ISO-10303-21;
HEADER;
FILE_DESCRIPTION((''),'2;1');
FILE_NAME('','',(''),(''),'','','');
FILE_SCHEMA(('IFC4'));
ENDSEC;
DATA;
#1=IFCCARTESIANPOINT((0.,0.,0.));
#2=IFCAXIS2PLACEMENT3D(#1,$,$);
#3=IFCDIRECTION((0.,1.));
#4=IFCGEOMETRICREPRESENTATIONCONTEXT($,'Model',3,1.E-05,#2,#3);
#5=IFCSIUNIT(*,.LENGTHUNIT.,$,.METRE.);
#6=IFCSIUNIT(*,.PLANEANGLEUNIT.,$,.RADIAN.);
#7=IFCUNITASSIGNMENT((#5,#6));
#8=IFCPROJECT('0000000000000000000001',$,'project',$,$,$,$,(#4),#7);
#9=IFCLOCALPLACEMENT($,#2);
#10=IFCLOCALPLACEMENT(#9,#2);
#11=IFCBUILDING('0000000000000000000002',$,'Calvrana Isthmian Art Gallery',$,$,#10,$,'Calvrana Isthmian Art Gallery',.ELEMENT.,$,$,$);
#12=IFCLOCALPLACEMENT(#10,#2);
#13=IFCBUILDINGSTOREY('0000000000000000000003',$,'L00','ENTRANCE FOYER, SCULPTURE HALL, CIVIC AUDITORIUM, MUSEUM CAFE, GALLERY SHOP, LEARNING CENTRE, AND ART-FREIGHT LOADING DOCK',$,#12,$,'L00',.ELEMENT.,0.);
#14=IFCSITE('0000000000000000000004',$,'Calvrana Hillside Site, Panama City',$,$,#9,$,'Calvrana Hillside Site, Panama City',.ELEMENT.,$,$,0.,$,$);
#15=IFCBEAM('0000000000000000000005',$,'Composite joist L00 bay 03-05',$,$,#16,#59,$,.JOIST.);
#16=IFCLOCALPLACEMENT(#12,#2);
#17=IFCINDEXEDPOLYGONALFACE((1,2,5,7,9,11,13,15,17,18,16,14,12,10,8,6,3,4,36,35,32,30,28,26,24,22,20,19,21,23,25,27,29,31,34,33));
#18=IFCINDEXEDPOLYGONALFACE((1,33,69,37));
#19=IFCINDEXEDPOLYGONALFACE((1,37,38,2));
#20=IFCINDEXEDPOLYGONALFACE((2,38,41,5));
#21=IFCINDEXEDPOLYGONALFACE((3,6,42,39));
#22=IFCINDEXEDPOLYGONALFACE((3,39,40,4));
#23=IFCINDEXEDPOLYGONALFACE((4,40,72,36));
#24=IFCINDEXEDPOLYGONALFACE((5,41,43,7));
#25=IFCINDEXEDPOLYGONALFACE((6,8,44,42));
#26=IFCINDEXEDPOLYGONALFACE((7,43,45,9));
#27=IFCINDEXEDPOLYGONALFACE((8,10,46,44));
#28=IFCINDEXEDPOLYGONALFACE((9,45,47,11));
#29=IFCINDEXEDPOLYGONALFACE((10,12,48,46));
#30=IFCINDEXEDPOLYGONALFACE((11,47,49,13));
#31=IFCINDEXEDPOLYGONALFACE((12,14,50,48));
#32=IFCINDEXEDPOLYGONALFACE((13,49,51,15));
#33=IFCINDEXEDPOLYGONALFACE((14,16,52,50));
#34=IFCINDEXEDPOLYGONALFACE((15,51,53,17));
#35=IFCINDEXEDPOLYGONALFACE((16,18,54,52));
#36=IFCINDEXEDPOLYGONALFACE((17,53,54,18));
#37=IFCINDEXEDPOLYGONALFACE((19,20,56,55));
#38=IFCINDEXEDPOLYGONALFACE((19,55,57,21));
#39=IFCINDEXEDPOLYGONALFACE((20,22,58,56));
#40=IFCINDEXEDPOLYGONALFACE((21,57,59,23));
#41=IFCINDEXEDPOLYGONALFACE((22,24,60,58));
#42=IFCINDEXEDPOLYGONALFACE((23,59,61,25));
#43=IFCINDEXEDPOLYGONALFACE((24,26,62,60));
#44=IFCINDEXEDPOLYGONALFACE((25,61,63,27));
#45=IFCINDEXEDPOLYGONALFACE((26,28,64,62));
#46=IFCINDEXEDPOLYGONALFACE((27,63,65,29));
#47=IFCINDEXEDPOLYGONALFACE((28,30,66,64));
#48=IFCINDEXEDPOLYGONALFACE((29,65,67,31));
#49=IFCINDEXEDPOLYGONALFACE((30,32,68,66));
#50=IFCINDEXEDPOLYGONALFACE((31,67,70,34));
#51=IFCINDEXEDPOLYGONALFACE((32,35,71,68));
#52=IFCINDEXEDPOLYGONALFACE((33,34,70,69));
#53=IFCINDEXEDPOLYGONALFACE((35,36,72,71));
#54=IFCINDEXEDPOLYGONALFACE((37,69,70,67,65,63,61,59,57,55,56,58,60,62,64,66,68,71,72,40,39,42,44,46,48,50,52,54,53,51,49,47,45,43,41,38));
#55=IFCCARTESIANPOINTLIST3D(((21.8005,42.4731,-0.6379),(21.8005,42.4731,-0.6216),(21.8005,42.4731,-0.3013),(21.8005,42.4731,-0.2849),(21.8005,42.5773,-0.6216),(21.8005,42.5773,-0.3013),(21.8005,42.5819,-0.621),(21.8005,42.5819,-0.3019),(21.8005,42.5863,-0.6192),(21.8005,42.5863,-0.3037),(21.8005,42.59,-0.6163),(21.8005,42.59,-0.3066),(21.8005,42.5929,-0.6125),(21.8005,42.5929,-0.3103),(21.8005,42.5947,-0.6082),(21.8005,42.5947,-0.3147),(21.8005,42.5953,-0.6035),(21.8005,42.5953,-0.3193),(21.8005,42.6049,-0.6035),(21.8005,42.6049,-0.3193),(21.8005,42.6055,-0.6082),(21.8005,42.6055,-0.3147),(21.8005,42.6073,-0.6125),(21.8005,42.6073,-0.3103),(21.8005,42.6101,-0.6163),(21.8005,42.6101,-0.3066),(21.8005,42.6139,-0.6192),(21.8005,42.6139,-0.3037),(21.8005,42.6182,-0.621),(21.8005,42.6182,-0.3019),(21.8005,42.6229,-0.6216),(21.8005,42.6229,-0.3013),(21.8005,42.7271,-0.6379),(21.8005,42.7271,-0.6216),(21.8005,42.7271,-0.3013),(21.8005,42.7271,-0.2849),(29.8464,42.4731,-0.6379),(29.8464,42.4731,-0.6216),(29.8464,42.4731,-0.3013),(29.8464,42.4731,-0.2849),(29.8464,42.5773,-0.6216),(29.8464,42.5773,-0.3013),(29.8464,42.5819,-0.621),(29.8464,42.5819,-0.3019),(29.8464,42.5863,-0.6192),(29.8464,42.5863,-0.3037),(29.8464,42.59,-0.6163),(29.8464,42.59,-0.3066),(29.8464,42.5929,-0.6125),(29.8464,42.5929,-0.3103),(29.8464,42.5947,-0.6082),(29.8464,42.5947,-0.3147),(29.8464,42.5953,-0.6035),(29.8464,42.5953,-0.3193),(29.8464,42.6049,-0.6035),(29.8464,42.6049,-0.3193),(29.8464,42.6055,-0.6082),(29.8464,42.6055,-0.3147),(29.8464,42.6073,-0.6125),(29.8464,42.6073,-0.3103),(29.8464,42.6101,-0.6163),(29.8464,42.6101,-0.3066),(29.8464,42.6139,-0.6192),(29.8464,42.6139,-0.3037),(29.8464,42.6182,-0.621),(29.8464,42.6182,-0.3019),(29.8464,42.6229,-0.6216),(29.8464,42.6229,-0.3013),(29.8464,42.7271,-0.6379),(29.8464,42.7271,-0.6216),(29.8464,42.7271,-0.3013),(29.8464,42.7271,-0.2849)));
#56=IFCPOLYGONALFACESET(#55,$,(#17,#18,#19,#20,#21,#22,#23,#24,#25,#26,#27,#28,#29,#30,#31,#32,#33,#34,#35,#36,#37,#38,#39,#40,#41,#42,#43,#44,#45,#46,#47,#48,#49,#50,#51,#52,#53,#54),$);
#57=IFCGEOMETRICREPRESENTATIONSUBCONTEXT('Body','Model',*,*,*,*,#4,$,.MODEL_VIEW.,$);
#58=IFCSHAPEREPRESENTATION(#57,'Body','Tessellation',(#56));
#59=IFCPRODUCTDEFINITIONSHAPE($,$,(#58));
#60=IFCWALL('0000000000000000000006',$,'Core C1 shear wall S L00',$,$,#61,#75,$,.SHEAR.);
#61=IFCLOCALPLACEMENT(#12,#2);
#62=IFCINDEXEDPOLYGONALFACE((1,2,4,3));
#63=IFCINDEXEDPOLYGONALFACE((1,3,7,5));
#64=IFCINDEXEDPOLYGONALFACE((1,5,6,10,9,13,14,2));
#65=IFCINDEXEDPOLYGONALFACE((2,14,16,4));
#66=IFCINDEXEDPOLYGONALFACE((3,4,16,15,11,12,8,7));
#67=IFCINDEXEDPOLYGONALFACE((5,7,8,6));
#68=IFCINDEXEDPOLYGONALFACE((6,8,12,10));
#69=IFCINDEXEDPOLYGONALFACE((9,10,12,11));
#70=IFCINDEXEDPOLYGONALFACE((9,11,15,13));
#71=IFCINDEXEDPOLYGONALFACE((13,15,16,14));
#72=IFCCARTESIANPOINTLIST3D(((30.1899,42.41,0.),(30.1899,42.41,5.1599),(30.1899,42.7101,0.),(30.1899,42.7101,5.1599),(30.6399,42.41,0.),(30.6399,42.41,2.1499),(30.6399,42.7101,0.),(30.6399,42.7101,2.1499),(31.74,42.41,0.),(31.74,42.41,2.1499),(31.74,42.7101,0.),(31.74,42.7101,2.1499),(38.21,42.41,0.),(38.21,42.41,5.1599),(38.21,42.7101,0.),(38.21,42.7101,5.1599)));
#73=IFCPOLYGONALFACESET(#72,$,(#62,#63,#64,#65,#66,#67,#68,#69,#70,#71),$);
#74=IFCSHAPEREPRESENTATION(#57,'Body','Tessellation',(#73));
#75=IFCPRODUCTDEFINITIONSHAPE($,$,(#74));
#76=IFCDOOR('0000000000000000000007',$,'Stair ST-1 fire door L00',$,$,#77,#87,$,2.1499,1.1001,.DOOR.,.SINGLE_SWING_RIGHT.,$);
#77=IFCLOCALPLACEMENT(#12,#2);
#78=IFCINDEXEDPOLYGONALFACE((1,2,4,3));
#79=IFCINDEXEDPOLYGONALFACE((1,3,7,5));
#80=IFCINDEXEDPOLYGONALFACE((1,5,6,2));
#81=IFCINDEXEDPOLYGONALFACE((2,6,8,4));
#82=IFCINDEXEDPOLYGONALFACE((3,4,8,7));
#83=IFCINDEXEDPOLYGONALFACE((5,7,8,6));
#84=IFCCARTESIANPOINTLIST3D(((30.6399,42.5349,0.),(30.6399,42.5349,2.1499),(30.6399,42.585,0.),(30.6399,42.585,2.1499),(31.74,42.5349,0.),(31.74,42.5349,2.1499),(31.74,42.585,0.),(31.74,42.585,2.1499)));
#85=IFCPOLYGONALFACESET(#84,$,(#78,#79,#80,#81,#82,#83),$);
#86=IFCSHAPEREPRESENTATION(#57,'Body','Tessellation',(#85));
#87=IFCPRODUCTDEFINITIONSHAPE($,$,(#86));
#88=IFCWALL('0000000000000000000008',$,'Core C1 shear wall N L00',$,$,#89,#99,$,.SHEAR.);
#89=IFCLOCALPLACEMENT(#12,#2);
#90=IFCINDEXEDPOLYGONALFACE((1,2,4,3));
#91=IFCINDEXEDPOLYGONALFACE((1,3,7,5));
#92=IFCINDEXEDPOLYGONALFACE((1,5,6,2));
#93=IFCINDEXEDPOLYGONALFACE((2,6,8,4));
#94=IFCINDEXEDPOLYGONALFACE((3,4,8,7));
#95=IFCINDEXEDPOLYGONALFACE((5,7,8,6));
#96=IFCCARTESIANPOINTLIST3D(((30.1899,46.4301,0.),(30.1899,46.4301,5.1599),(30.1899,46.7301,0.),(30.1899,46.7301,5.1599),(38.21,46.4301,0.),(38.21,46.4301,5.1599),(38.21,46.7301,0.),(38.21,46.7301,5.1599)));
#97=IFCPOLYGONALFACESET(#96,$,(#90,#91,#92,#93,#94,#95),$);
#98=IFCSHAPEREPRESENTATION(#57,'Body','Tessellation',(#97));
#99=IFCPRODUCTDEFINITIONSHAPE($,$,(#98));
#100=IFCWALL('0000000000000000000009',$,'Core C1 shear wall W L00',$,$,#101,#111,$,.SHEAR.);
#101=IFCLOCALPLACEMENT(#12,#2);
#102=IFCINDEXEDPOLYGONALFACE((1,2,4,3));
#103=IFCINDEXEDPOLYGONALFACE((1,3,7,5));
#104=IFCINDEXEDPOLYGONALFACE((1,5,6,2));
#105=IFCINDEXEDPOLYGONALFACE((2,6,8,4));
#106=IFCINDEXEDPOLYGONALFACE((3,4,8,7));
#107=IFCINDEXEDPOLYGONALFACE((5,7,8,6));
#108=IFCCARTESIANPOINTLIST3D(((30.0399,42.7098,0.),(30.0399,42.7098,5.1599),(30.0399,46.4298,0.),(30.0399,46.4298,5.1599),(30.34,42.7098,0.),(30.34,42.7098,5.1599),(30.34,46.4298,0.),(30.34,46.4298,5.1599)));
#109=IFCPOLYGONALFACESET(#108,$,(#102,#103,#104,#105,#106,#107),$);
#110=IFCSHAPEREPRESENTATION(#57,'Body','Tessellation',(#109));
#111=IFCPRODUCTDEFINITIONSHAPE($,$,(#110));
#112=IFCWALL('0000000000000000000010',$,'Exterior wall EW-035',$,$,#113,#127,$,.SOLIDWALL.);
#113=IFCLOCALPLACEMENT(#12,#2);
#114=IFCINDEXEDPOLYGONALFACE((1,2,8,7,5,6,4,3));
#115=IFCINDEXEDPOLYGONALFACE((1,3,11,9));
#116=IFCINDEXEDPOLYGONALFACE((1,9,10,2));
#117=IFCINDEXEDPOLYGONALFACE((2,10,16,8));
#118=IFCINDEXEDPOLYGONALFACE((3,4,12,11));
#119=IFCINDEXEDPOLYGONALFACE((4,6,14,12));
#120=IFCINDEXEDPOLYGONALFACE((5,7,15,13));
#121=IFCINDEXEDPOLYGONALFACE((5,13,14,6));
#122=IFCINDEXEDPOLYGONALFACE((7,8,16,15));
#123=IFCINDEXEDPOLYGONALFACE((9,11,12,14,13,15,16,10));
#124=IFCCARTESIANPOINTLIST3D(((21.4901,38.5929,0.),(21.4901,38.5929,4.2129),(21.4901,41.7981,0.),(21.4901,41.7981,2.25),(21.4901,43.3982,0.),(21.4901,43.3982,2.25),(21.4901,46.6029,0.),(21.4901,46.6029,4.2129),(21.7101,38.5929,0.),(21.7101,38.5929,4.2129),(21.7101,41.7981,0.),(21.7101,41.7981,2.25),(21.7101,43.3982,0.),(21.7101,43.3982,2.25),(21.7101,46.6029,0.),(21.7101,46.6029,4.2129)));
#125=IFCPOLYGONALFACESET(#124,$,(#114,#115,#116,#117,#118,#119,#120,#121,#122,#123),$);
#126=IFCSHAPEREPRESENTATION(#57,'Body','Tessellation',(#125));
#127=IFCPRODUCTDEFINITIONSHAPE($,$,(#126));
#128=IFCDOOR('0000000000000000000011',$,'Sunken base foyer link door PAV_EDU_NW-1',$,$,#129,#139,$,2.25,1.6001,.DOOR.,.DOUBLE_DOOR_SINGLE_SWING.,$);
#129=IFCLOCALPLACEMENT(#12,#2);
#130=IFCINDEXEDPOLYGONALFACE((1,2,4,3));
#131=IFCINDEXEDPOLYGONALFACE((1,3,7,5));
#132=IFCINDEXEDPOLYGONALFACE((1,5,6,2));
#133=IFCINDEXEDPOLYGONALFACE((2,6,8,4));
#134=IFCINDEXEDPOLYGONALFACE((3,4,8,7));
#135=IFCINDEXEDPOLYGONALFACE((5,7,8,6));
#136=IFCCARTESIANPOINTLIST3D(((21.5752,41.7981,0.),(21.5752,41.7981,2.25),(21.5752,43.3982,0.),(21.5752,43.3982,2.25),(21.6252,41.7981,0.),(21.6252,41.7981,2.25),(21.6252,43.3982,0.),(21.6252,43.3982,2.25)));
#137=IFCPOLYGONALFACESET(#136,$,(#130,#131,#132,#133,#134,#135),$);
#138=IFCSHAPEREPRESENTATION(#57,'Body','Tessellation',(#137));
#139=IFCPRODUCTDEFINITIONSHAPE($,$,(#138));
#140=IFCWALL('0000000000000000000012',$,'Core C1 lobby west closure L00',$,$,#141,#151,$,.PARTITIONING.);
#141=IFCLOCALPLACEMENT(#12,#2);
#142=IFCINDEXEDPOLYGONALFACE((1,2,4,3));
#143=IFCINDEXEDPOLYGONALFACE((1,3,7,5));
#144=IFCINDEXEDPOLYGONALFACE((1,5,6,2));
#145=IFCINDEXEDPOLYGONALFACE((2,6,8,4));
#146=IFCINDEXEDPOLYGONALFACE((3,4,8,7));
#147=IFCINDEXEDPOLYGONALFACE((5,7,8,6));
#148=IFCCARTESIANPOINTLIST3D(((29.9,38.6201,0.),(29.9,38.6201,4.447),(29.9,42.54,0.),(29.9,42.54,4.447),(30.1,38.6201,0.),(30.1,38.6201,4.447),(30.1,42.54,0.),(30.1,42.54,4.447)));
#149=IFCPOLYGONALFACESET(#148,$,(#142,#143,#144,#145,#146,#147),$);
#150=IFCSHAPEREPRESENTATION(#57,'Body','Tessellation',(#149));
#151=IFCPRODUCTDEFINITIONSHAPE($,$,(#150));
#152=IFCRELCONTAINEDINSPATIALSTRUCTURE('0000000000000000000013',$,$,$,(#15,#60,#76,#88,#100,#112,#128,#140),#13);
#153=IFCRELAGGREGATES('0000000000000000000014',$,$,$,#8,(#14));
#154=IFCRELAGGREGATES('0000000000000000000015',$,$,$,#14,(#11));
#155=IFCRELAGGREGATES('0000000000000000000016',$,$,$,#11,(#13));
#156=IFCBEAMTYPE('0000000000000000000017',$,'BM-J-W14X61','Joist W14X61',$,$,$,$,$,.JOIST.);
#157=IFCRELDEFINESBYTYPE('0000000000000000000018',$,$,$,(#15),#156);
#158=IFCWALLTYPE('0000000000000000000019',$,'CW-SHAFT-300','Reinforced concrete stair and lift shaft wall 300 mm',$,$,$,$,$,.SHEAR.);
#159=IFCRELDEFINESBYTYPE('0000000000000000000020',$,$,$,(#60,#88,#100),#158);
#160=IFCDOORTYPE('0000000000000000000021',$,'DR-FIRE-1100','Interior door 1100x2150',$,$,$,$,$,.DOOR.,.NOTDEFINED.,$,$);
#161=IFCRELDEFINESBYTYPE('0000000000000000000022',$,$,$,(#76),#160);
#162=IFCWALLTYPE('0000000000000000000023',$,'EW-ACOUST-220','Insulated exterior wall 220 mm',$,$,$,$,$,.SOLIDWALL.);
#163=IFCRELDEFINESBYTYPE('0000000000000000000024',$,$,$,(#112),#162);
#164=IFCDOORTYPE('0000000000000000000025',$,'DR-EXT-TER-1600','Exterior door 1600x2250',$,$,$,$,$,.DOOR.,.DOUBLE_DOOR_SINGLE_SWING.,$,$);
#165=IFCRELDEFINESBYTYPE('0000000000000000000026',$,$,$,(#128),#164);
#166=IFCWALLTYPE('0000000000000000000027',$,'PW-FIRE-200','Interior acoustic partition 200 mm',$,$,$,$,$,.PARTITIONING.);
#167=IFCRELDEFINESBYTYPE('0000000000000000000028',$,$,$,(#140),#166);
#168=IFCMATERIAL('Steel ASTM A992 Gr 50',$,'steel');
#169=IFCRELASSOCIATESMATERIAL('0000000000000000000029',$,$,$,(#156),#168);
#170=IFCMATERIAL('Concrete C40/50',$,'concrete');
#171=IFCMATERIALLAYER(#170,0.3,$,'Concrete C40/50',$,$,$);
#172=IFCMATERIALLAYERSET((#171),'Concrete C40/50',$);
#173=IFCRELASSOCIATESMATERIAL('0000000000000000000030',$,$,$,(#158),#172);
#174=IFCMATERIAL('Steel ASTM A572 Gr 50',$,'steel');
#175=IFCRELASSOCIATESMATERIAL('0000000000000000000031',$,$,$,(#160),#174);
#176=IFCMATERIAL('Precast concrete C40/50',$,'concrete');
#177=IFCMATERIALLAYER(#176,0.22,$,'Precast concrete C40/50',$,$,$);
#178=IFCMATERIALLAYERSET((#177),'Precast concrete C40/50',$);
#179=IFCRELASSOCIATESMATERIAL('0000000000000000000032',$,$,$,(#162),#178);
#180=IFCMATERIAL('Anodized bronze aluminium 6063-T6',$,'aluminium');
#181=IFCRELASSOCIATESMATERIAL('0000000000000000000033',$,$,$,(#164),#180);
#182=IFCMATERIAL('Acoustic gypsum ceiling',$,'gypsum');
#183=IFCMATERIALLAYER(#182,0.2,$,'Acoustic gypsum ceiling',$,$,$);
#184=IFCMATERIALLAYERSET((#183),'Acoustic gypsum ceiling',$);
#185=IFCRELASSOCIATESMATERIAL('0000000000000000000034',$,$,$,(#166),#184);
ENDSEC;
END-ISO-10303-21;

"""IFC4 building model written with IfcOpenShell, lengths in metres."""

from ifc_helpers import new_model, si_unit, direction, frame, frame_2d, origin, origin_2d, place, context, subcontext, project, spatial, rectangle, i_section, extrude, material, layer, layer_set, material_profile, profile_set, type_object, element, fill, save


model = new_model("IFC4")

# Units and contexts
model_context = context("Model", 3, precision=1e-05, world=origin(), true_north=direction((0.0, 1.0)))
body_context = subcontext(model_context, "Body", "Model", "MODEL_VIEW")
ifc_project = project(units=[si_unit("LENGTHUNIT", "METRE"), si_unit("PLANEANGLEUNIT", "RADIAN")], contexts=[model_context])

# Site, building, storey
site_placement = place(None, origin())
site = spatial("IfcSite", under=ifc_project, at=site_placement, Name="Calvrana Hillside Site, Panama City", LongName="Calvrana Hillside Site, Panama City", CompositionType="ELEMENT", RefElevation=0.0)
building_placement = place(site_placement, origin())
building = spatial("IfcBuilding", under=site, at=building_placement, Name="Calvrana Isthmian Art Gallery", LongName="Calvrana Isthmian Art Gallery", CompositionType="ELEMENT")
storey_placement = place(building_placement, origin())
storey = spatial("IfcBuildingStorey", under=building, at=storey_placement, Name="L00", Description="ENTRANCE FOYER, SCULPTURE HALL, CIVIC AUDITORIUM, MUSEUM CAFE, GALLERY SHOP, LEARNING CENTRE, AND ART-FREIGHT LOADING DOCK", LongName="L00", CompositionType="ELEMENT", Elevation=0.0)

# Beam
ifc_material_1 = material(Name="Steel ASTM A992 Gr 50", Category="steel")
ifc_material_profile_1 = material_profile(ifc_material_1, i_section(OverallWidth=0.2539, OverallDepth=0.353, WebThickness=0.0095, FlangeThickness=0.0164, FilletRadius=0.0181, at=origin_2d()), Name="W14X61")
ifc_profile_set_1 = profile_set([ifc_material_profile_1], Name="Steel ASTM A992 Gr 50")
beam_type_1 = type_object("IfcBeamType", Name="BM-J-W14X61", Description="Joist W14X61", PredefinedType="JOIST", material=ifc_profile_set_1)
beam_1_placement = place(storey_placement, frame((21.8005, 42.6001, -0.4614), z_axis=(1.0, 0.0, 0.0), x_axis=(0.0, 1.0, 0.0)))
element("IfcBeam", 1, at=beam_1_placement, inside=storey, type_object=beam_type_1, Name="Composite joist L00 bay 03-05", PredefinedType="JOIST", context=body_context, shape_type="SweptSolid", body=[
    extrude(i_section(OverallWidth=0.2539, OverallDepth=0.353, WebThickness=0.0095, FlangeThickness=0.0164, FilletRadius=0.0181, at=origin_2d()), origin(), (0.0, 0.0, 1.0), 8.0459),
])

# Wall, opening, door
ifc_material_2 = material(Name="Concrete C40/50", Category="concrete")
ifc_layer_1 = layer(ifc_material_2, 0.3, Name="Concrete C40/50")
ifc_layer_set_1 = layer_set([ifc_layer_1], Name="Concrete C40/50")
wall_type_1 = type_object("IfcWallType", Name="CW-SHAFT-300", Description="Reinforced concrete stair and lift shaft wall 300 mm", PredefinedType="SHEAR", material=ifc_layer_set_1)
wall_1_placement = place(storey_placement, frame((30.1899, 42.5601, 0.0), z_axis=(0.0, 0.0, 1.0), x_axis=(1.0, 0.0, 0.0)))
wall_1 = element("IfcWall", 2, at=wall_1_placement, inside=storey, type_object=wall_type_1, Name="Core C1 shear wall S L00", PredefinedType="SHEAR", context=body_context, shape_type="SweptSolid", body=[
    extrude(rectangle(XDim=8.02, YDim=0.3, at=frame_2d((4.01, 0.0))), origin(), (0.0, 0.0, 1.0), 5.1599),
])
opening_1_placement = place(wall_1_placement, frame((0.45, 0.0, 0.0)))
opening_1 = element("IfcOpeningElement", 3, at=opening_1_placement, cuts=wall_1, PredefinedType="OPENING", context=body_context, shape_type="SweptSolid", body=[
    extrude(rectangle(XDim=1.1001, YDim=2.1499, at=frame_2d((0.55, 1.075))), frame((0.0, 0.1602, 0.0), z_axis=(0.0, -1.0, 0.0), x_axis=(1.0, 0.0, 0.0)), (0.0, 0.0, 1.0), 0.3206),
])
ifc_material_3 = material(Name="Steel ASTM A572 Gr 50", Category="steel")
door_type_1 = type_object("IfcDoorType", Name="DR-FIRE-1100", Description="Interior door 1100x2150", OperationType="NOTDEFINED", PredefinedType="DOOR", material=ifc_material_3)
door_1_placement = place(opening_1_placement, origin())
door_1 = element("IfcDoor", 4, at=door_1_placement, inside=storey, type_object=door_type_1, Name="Stair ST-1 fire door L00", OperationType="SINGLE_SWING_RIGHT", OverallHeight=2.1499, OverallWidth=1.1001, PredefinedType="DOOR", context=body_context, shape_type="SweptSolid", body=[
    extrude(rectangle(XDim=1.1001, YDim=2.1499, at=frame_2d((0.55, 1.075))), frame((0.0, 0.0249, 0.0), z_axis=(0.0, -1.0, 0.0), x_axis=(1.0, 0.0, 0.0)), (0.0, 0.0, 1.0), 0.05),
])
fill(opening_1, door_1)

# Walls
wall_2_placement = place(storey_placement, frame((30.1899, 46.5801, 0.0), z_axis=(0.0, 0.0, 1.0), x_axis=(1.0, 0.0, 0.0)))
element("IfcWall", 5, at=wall_2_placement, inside=storey, type_object=wall_type_1, Name="Core C1 shear wall N L00", PredefinedType="SHEAR", context=body_context, shape_type="SweptSolid", body=[
    extrude(rectangle(XDim=8.02, YDim=0.3, at=frame_2d((4.01, 0.0))), origin(), (0.0, 0.0, 1.0), 5.1599),
])
wall_3_placement = place(storey_placement, frame((30.1899, 42.71, 0.0), z_axis=(0.0, 0.0, 1.0), x_axis=(0.0, 1.0, 0.0)))
element("IfcWall", 6, at=wall_3_placement, inside=storey, type_object=wall_type_1, Name="Core C1 shear wall W L00", PredefinedType="SHEAR", context=body_context, shape_type="SweptSolid", body=[
    extrude(rectangle(XDim=3.72, YDim=0.3, at=frame_2d((1.8599, 0.0))), origin(), (0.0, 0.0, 1.0), 5.1599),
])

# Wall, opening, door
ifc_material_4 = material(Name="Precast concrete C40/50", Category="concrete")
ifc_layer_2 = layer(ifc_material_4, 0.22, Name="Precast concrete C40/50")
ifc_layer_set_2 = layer_set([ifc_layer_2], Name="Precast concrete C40/50")
wall_type_2 = type_object("IfcWallType", Name="EW-ACOUST-220", Description="Insulated exterior wall 220 mm", PredefinedType="SOLIDWALL", material=ifc_layer_set_2)
wall_4_placement = place(storey_placement, frame((21.6001, 38.593, 0.0), z_axis=(0.0, 0.0, 1.0), x_axis=(0.0, 1.0, 0.0)))
wall_4 = element("IfcWall", 7, at=wall_4_placement, inside=storey, type_object=wall_type_2, Name="Exterior wall EW-035", PredefinedType="SOLIDWALL", context=body_context, shape_type="SweptSolid", body=[
    extrude(rectangle(XDim=8.01, YDim=0.22, at=frame_2d((4.0049, 0.0))), origin(), (0.0, 0.0, 1.0), 4.2129),
])
opening_2_placement = place(wall_4_placement, frame((3.2051, 0.0, 0.0)))
opening_2 = element("IfcOpeningElement", 8, at=opening_2_placement, cuts=wall_4, PredefinedType="OPENING", context=body_context, shape_type="SweptSolid", body=[
    extrude(rectangle(XDim=1.6001, YDim=2.25, at=frame_2d((0.8, 1.125))), frame((0.0, 0.1201, 0.0), z_axis=(0.0, -1.0, 0.0), x_axis=(1.0, 0.0, 0.0)), (0.0, 0.0, 1.0), 0.2405),
])
ifc_material_5 = material(Name="Anodized bronze aluminium 6063-T6", Category="aluminium")
door_type_2 = type_object("IfcDoorType", Name="DR-EXT-TER-1600", Description="Exterior door 1600x2250", OperationType="DOUBLE_DOOR_SINGLE_SWING", PredefinedType="DOOR", material=ifc_material_5)
door_2_placement = place(opening_2_placement, origin())
door_2 = element("IfcDoor", 9, at=door_2_placement, inside=storey, type_object=door_type_2, Name="Sunken base foyer link door PAV_EDU_NW-1", OperationType="DOUBLE_DOOR_SINGLE_SWING", OverallHeight=2.25, OverallWidth=1.6001, PredefinedType="DOOR", context=body_context, shape_type="SweptSolid", body=[
    extrude(rectangle(XDim=1.6001, YDim=2.25, at=frame_2d((0.8, 1.125))), frame((0.0, 0.0249, 0.0), z_axis=(0.0, -1.0, 0.0), x_axis=(1.0, 0.0, 0.0)), (0.0, 0.0, 1.0), 0.05),
])
fill(opening_2, door_2)

# Wall
ifc_material_6 = material(Name="Acoustic gypsum ceiling", Category="gypsum")
ifc_layer_3 = layer(ifc_material_6, 0.2, Name="Acoustic gypsum ceiling")
ifc_layer_set_3 = layer_set([ifc_layer_3], Name="Acoustic gypsum ceiling")
wall_type_3 = type_object("IfcWallType", Name="PW-FIRE-200", Description="Interior acoustic partition 200 mm", PredefinedType="PARTITIONING", material=ifc_layer_set_3)
wall_5_placement = place(storey_placement, frame((30.0, 38.6201, 0.0), z_axis=(0.0, 0.0, 1.0), x_axis=(0.0, 1.0, 0.0)))
element("IfcWall", 10, at=wall_5_placement, inside=storey, type_object=wall_type_3, Name="Core C1 lobby west closure L00", PredefinedType="PARTITIONING", context=body_context, shape_type="SweptSolid", body=[
    extrude(rectangle(XDim=3.9199, YDim=0.2, at=frame_2d((1.96, 0.0))), origin(), (0.0, 0.0, 1.0), 4.447),
])

save(model, "model.ifc")
